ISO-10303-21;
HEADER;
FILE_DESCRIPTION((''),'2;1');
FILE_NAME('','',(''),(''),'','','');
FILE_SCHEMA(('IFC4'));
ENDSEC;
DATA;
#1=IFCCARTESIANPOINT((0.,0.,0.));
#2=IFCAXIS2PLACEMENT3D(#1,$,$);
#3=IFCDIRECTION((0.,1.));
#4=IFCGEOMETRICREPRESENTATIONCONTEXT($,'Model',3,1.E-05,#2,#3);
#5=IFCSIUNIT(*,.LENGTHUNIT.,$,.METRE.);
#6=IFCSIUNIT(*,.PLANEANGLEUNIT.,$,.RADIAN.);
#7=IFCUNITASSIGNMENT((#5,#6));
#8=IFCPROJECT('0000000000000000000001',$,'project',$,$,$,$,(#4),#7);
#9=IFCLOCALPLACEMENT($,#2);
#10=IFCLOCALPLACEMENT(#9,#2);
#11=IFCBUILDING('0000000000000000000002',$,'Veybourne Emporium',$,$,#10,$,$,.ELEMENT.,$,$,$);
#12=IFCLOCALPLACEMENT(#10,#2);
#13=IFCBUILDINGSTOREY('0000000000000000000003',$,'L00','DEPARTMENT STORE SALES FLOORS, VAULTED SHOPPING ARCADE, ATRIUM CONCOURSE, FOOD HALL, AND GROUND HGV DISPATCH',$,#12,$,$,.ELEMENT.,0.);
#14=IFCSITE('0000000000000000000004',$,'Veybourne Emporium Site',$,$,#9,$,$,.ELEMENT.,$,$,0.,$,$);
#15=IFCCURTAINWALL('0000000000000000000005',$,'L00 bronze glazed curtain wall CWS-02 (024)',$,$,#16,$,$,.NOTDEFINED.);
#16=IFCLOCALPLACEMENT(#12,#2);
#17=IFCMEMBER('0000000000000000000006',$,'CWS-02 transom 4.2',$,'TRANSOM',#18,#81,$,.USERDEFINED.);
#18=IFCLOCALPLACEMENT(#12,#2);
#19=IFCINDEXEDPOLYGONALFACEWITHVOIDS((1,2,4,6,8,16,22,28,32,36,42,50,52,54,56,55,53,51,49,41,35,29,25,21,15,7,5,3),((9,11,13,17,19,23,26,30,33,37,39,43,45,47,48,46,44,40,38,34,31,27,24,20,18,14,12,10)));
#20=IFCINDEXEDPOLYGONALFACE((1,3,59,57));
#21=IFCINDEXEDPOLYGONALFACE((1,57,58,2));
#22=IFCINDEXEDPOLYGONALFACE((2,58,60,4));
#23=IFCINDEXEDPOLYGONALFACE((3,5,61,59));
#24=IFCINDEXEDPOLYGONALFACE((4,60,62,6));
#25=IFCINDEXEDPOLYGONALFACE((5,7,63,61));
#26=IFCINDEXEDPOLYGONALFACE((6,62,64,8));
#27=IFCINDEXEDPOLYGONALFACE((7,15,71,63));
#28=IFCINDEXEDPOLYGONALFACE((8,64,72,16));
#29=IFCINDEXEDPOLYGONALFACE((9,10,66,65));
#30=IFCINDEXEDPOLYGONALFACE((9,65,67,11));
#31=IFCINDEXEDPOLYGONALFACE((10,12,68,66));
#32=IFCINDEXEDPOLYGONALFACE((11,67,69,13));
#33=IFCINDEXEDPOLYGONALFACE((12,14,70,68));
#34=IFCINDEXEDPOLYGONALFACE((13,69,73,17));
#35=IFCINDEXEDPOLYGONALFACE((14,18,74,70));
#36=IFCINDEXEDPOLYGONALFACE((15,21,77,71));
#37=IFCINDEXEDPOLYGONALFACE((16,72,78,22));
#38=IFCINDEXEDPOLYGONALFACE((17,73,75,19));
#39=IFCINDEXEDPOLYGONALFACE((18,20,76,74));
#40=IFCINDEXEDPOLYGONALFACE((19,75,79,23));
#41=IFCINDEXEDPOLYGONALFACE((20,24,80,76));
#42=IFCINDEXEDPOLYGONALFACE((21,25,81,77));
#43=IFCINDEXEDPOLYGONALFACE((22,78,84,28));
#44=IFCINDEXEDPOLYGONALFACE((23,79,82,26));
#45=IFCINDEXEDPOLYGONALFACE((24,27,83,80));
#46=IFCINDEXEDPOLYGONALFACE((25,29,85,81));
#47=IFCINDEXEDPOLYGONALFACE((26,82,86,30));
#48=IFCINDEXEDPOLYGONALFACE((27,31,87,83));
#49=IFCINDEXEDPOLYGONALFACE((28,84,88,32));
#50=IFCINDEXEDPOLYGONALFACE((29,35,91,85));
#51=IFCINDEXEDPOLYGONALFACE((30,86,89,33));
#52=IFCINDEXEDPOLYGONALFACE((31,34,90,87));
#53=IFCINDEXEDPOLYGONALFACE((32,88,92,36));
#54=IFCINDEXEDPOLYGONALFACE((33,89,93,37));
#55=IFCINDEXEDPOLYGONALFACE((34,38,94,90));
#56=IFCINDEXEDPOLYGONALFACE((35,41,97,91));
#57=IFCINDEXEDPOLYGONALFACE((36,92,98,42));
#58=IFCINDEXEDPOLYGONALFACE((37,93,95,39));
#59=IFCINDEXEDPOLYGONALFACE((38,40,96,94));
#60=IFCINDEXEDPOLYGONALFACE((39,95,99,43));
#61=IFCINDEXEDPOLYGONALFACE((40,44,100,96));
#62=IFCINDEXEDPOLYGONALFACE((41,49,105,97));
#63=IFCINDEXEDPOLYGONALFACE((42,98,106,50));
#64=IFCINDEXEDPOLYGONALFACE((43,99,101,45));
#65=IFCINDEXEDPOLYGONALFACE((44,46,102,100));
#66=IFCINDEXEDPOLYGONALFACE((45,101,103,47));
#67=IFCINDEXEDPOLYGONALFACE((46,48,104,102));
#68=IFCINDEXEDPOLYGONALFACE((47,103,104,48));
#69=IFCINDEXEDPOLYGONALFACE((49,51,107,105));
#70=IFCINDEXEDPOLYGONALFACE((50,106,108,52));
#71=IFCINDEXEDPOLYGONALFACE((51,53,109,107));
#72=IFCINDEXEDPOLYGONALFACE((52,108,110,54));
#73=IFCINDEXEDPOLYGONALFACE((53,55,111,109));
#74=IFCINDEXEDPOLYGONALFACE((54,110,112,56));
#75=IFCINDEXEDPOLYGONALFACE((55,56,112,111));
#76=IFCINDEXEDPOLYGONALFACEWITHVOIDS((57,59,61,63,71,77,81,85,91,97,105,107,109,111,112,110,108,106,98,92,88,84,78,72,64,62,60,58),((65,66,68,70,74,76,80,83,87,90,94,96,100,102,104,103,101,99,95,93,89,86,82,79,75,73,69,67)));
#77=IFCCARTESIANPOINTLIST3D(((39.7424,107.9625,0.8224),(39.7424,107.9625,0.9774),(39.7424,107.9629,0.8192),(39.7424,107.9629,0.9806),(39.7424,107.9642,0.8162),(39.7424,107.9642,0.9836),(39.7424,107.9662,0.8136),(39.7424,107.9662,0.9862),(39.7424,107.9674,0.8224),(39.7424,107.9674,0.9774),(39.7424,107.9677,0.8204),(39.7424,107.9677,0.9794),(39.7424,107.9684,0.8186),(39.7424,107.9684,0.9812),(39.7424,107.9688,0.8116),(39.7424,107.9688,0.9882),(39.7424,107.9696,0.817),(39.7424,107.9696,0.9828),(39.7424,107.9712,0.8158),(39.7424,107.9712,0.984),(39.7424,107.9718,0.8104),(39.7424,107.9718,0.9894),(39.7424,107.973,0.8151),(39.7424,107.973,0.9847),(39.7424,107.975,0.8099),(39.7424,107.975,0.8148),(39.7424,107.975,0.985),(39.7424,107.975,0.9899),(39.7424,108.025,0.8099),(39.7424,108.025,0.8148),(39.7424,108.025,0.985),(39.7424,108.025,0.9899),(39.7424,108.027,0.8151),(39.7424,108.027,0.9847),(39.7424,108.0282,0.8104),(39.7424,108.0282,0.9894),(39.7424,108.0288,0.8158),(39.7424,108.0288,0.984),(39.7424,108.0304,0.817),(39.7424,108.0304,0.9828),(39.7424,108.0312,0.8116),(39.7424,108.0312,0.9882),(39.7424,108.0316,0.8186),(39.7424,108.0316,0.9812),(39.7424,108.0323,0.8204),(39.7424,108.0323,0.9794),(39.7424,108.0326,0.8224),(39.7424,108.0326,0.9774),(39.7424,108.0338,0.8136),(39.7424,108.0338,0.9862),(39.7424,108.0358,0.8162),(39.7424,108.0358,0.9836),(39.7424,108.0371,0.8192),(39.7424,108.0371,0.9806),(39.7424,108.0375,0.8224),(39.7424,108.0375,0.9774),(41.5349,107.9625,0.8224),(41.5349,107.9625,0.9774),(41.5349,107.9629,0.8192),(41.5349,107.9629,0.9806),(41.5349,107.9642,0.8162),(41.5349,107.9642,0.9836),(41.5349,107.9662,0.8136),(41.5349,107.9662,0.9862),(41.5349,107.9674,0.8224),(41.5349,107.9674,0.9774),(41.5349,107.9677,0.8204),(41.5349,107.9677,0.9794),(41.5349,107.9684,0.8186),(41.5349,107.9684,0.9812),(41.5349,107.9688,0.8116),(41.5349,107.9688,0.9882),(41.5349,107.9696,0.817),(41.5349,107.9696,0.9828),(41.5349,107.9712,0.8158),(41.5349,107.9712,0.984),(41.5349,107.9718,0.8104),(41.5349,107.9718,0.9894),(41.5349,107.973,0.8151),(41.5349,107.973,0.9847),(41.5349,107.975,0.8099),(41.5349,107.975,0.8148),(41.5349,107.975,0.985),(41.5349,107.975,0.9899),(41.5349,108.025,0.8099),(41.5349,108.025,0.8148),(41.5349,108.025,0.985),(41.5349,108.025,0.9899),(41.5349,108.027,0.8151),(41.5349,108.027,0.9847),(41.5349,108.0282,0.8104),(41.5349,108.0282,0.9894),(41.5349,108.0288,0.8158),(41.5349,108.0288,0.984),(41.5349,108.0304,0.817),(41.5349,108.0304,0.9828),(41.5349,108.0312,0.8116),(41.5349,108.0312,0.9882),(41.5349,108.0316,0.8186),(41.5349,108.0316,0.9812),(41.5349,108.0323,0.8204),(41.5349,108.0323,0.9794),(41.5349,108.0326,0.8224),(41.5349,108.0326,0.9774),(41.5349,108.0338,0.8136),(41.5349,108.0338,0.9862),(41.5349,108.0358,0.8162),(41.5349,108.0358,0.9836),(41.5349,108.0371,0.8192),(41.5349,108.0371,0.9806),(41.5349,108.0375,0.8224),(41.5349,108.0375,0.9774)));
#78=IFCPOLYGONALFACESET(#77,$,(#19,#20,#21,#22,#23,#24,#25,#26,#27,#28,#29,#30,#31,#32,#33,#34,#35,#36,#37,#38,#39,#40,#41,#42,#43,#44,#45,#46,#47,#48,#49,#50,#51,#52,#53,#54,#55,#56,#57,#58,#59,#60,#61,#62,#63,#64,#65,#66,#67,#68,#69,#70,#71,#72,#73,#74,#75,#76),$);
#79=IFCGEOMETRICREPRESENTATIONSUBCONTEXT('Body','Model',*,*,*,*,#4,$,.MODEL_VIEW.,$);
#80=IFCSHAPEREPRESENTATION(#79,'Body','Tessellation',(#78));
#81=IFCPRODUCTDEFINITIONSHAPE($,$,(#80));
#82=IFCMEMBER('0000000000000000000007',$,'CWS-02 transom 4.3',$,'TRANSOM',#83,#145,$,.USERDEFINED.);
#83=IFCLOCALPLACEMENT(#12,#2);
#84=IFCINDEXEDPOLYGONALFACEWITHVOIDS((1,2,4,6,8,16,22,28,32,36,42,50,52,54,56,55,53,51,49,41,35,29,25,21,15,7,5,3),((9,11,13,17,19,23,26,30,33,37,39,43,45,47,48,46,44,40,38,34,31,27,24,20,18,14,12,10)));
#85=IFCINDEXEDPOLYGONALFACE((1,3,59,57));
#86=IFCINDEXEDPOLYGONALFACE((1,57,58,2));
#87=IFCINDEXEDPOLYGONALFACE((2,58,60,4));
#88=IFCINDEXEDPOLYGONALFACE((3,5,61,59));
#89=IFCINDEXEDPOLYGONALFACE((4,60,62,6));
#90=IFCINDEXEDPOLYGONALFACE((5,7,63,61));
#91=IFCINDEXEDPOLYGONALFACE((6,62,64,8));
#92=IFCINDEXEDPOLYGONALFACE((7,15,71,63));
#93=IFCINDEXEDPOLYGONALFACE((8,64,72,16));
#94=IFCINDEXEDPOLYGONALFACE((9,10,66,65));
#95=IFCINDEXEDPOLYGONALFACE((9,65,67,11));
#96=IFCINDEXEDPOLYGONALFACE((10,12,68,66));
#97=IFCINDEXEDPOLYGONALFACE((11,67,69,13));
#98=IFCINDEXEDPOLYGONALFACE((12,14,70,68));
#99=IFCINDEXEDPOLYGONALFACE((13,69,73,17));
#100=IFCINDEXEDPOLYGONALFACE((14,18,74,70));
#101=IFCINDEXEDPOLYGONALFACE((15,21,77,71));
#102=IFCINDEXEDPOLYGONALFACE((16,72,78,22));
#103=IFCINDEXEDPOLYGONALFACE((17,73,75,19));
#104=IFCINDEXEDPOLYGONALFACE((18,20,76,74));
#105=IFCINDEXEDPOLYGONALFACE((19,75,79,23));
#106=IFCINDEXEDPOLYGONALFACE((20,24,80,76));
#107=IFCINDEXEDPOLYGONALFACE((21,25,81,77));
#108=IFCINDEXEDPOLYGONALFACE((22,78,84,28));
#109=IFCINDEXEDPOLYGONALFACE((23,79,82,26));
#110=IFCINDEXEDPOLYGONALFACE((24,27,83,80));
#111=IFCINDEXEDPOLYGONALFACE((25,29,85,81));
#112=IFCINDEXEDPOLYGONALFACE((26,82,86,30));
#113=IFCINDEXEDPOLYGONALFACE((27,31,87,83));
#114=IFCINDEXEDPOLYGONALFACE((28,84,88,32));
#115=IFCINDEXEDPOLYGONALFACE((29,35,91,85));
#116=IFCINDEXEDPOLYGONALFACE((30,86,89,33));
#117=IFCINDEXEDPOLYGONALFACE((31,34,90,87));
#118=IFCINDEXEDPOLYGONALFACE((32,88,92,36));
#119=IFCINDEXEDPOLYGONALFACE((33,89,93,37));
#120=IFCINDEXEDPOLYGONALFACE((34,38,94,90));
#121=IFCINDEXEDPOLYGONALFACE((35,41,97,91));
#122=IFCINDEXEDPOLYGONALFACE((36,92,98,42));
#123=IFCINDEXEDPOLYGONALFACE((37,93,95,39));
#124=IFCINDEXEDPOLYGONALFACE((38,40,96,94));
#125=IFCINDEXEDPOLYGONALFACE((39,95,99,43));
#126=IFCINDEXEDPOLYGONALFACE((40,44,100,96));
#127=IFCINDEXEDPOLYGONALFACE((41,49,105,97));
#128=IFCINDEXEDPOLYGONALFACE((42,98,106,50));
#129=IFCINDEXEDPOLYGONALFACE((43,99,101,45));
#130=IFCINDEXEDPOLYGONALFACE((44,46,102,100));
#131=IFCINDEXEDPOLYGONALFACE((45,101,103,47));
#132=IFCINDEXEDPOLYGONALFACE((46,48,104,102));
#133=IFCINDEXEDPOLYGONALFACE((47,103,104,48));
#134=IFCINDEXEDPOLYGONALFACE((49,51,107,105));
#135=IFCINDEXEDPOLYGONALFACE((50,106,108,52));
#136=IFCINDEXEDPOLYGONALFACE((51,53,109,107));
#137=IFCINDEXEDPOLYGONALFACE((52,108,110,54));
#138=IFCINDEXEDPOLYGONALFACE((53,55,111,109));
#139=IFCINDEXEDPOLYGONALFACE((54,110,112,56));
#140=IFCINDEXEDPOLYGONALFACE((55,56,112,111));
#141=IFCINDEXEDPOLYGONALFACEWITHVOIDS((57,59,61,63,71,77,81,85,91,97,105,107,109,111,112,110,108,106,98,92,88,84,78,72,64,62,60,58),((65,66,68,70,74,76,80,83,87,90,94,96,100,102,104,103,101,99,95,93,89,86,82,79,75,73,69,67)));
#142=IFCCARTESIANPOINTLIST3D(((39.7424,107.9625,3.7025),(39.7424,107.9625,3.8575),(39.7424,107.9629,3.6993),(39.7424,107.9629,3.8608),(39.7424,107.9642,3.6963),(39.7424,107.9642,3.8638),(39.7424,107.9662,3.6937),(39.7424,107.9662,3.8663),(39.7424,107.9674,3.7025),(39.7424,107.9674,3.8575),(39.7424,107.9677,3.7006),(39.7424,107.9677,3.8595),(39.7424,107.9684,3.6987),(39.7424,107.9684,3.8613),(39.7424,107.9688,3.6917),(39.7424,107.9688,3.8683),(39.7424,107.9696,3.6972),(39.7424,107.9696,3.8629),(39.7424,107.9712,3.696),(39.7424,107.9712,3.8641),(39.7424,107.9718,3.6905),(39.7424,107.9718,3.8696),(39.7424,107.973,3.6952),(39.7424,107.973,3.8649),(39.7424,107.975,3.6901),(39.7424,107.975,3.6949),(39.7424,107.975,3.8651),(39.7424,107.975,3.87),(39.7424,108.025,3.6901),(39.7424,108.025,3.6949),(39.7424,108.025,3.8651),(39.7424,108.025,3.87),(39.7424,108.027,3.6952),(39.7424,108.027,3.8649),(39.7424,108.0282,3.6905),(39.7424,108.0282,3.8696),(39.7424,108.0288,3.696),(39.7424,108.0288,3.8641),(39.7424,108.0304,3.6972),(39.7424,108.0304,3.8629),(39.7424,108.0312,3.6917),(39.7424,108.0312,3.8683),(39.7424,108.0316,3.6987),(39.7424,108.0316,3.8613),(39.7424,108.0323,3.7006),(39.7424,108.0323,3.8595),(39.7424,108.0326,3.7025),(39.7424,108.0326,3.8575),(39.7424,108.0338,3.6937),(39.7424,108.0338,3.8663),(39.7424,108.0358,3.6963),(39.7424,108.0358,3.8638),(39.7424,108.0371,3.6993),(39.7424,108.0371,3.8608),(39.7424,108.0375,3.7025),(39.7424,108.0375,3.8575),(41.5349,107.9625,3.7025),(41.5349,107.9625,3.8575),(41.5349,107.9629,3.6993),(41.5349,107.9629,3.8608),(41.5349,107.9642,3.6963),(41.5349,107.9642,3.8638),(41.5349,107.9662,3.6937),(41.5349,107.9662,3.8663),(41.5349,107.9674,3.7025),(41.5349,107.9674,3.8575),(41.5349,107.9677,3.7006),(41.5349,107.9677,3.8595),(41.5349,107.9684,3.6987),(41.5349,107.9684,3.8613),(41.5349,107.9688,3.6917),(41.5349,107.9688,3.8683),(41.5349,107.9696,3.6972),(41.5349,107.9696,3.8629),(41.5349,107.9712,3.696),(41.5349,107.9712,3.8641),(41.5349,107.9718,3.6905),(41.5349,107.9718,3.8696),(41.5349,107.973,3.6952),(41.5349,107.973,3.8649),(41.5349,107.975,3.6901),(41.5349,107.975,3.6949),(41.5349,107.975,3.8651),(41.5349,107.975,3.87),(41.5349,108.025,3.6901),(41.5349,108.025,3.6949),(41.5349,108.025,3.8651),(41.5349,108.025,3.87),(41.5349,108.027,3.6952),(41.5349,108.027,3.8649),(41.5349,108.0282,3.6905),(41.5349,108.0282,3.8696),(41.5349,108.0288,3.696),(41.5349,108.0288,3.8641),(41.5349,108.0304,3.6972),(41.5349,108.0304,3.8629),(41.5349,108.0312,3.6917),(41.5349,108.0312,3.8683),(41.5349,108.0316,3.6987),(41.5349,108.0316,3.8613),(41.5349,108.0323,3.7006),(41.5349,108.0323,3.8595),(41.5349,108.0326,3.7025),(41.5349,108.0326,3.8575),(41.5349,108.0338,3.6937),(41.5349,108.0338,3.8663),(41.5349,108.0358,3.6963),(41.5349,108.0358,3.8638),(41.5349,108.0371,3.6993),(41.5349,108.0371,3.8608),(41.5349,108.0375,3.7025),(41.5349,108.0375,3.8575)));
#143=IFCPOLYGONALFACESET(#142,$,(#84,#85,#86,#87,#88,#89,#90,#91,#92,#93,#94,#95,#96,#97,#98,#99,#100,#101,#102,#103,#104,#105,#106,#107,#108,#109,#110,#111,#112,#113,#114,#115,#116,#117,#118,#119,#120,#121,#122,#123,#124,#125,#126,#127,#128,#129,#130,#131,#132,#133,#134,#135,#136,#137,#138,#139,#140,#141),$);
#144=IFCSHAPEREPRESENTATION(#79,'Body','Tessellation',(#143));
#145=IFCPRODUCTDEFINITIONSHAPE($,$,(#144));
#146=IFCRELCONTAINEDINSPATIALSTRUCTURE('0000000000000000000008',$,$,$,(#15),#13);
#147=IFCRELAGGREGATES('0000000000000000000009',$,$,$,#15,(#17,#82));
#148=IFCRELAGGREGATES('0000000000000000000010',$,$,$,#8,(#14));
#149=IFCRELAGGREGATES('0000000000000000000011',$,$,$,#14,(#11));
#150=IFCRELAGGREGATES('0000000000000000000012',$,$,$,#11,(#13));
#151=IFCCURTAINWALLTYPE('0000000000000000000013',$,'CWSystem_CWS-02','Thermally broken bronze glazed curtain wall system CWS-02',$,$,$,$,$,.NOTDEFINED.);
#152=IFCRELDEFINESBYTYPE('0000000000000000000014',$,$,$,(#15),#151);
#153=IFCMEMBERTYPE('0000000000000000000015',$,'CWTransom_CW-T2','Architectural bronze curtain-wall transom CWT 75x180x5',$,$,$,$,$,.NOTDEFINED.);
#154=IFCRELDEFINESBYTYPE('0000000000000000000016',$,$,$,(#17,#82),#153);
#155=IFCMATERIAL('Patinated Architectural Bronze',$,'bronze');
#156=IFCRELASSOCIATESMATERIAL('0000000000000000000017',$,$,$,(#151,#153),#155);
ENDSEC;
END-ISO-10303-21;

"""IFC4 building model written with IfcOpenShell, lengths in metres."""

from ifc_helpers import new_model, si_unit, direction, frame, origin, origin_2d, place, context, subcontext, project, spatial, hollow_rectangle, extrude, material, material_profile, profile_set, type_object, element, aggregate, save


model = new_model("IFC4")

# Units and contexts
model_context = context("Model", 3, precision=1e-05, world=origin(), true_north=direction((0.0, 1.0)))
body_context = subcontext(model_context, "Body", "Model", "MODEL_VIEW")
ifc_project = project(units=[si_unit("LENGTHUNIT", "METRE"), si_unit("PLANEANGLEUNIT", "RADIAN")], contexts=[model_context])

# Site, building, storey
site_placement = place(None, origin())
site = spatial("IfcSite", under=ifc_project, at=site_placement, Name="Veybourne Emporium Site", CompositionType="ELEMENT", RefElevation=0.0)
building_placement = place(site_placement, origin())
building = spatial("IfcBuilding", under=site, at=building_placement, Name="Veybourne Emporium", CompositionType="ELEMENT")
storey_placement = place(building_placement, origin())
storey = spatial("IfcBuildingStorey", under=building, at=storey_placement, Name="L00", Description="DEPARTMENT STORE SALES FLOORS, VAULTED SHOPPING ARCADE, ATRIUM CONCOURSE, FOOD HALL, AND GROUND HGV DISPATCH", CompositionType="ELEMENT", Elevation=0.0)

# Curtain wall, members
ifc_material_1 = material(Name="Patinated Architectural Bronze", Category="bronze")
curtain_wall_type = type_object("IfcCurtainWallType", Name="CWSystem_CWS-02", Description="Thermally broken bronze glazed curtain wall system CWS-02", PredefinedType="NOTDEFINED", material=ifc_material_1)
curtain_wall_placement = place(storey_placement, origin())
curtain_wall = element("IfcCurtainWall", 1, at=curtain_wall_placement, inside=storey, type_object=curtain_wall_type, Name="L00 bronze glazed curtain wall CWS-02 (024)", PredefinedType="NOTDEFINED")
ifc_material_profile_1 = material_profile(ifc_material_1, hollow_rectangle(XDim=0.075, YDim=0.1799, WallThickness=0.0049, InnerFilletRadius=0.0076, OuterFilletRadius=0.0125, at=origin_2d()), Name="CWT 75x180x5")
ifc_profile_set_1 = profile_set([ifc_material_profile_1], Name="Patinated Architectural Bronze")
member_type_1 = type_object("IfcMemberType", Name="CWTransom_CW-T2", Description="Architectural bronze curtain-wall transom CWT 75x180x5", PredefinedType="NOTDEFINED", material=ifc_profile_set_1)
member_1_placement = place(storey_placement, frame((39.7424, 108.0, 0.8999), z_axis=(1.0, 0.0, 0.0), x_axis=(0.0, 1.0, 0.0)))
member_1 = element("IfcMember", 2, at=member_1_placement, type_object=member_type_1, Name="CWS-02 transom 4.2", ObjectType="TRANSOM", PredefinedType="USERDEFINED", context=body_context, shape_type="SweptSolid", body=[
    extrude(hollow_rectangle(XDim=0.075, YDim=0.1799, WallThickness=0.0049, InnerFilletRadius=0.0076, OuterFilletRadius=0.0125, at=origin_2d()), origin(), (0.0, 0.0, 1.0), 1.7925),
])
member_2_placement = place(storey_placement, frame((39.7424, 108.0, 3.78), z_axis=(1.0, 0.0, 0.0), x_axis=(0.0, 1.0, 0.0)))
member_2 = element("IfcMember", 3, at=member_2_placement, type_object=member_type_1, Name="CWS-02 transom 4.3", ObjectType="TRANSOM", PredefinedType="USERDEFINED", context=body_context, shape_type="SweptSolid", body=[
    extrude(hollow_rectangle(XDim=0.075, YDim=0.1799, WallThickness=0.0049, InnerFilletRadius=0.0076, OuterFilletRadius=0.0125, at=origin_2d()), origin(), (0.0, 0.0, 1.0), 1.7925),
])

aggregate(curtain_wall, [member_1, member_2])

save(model, "model.ifc")
